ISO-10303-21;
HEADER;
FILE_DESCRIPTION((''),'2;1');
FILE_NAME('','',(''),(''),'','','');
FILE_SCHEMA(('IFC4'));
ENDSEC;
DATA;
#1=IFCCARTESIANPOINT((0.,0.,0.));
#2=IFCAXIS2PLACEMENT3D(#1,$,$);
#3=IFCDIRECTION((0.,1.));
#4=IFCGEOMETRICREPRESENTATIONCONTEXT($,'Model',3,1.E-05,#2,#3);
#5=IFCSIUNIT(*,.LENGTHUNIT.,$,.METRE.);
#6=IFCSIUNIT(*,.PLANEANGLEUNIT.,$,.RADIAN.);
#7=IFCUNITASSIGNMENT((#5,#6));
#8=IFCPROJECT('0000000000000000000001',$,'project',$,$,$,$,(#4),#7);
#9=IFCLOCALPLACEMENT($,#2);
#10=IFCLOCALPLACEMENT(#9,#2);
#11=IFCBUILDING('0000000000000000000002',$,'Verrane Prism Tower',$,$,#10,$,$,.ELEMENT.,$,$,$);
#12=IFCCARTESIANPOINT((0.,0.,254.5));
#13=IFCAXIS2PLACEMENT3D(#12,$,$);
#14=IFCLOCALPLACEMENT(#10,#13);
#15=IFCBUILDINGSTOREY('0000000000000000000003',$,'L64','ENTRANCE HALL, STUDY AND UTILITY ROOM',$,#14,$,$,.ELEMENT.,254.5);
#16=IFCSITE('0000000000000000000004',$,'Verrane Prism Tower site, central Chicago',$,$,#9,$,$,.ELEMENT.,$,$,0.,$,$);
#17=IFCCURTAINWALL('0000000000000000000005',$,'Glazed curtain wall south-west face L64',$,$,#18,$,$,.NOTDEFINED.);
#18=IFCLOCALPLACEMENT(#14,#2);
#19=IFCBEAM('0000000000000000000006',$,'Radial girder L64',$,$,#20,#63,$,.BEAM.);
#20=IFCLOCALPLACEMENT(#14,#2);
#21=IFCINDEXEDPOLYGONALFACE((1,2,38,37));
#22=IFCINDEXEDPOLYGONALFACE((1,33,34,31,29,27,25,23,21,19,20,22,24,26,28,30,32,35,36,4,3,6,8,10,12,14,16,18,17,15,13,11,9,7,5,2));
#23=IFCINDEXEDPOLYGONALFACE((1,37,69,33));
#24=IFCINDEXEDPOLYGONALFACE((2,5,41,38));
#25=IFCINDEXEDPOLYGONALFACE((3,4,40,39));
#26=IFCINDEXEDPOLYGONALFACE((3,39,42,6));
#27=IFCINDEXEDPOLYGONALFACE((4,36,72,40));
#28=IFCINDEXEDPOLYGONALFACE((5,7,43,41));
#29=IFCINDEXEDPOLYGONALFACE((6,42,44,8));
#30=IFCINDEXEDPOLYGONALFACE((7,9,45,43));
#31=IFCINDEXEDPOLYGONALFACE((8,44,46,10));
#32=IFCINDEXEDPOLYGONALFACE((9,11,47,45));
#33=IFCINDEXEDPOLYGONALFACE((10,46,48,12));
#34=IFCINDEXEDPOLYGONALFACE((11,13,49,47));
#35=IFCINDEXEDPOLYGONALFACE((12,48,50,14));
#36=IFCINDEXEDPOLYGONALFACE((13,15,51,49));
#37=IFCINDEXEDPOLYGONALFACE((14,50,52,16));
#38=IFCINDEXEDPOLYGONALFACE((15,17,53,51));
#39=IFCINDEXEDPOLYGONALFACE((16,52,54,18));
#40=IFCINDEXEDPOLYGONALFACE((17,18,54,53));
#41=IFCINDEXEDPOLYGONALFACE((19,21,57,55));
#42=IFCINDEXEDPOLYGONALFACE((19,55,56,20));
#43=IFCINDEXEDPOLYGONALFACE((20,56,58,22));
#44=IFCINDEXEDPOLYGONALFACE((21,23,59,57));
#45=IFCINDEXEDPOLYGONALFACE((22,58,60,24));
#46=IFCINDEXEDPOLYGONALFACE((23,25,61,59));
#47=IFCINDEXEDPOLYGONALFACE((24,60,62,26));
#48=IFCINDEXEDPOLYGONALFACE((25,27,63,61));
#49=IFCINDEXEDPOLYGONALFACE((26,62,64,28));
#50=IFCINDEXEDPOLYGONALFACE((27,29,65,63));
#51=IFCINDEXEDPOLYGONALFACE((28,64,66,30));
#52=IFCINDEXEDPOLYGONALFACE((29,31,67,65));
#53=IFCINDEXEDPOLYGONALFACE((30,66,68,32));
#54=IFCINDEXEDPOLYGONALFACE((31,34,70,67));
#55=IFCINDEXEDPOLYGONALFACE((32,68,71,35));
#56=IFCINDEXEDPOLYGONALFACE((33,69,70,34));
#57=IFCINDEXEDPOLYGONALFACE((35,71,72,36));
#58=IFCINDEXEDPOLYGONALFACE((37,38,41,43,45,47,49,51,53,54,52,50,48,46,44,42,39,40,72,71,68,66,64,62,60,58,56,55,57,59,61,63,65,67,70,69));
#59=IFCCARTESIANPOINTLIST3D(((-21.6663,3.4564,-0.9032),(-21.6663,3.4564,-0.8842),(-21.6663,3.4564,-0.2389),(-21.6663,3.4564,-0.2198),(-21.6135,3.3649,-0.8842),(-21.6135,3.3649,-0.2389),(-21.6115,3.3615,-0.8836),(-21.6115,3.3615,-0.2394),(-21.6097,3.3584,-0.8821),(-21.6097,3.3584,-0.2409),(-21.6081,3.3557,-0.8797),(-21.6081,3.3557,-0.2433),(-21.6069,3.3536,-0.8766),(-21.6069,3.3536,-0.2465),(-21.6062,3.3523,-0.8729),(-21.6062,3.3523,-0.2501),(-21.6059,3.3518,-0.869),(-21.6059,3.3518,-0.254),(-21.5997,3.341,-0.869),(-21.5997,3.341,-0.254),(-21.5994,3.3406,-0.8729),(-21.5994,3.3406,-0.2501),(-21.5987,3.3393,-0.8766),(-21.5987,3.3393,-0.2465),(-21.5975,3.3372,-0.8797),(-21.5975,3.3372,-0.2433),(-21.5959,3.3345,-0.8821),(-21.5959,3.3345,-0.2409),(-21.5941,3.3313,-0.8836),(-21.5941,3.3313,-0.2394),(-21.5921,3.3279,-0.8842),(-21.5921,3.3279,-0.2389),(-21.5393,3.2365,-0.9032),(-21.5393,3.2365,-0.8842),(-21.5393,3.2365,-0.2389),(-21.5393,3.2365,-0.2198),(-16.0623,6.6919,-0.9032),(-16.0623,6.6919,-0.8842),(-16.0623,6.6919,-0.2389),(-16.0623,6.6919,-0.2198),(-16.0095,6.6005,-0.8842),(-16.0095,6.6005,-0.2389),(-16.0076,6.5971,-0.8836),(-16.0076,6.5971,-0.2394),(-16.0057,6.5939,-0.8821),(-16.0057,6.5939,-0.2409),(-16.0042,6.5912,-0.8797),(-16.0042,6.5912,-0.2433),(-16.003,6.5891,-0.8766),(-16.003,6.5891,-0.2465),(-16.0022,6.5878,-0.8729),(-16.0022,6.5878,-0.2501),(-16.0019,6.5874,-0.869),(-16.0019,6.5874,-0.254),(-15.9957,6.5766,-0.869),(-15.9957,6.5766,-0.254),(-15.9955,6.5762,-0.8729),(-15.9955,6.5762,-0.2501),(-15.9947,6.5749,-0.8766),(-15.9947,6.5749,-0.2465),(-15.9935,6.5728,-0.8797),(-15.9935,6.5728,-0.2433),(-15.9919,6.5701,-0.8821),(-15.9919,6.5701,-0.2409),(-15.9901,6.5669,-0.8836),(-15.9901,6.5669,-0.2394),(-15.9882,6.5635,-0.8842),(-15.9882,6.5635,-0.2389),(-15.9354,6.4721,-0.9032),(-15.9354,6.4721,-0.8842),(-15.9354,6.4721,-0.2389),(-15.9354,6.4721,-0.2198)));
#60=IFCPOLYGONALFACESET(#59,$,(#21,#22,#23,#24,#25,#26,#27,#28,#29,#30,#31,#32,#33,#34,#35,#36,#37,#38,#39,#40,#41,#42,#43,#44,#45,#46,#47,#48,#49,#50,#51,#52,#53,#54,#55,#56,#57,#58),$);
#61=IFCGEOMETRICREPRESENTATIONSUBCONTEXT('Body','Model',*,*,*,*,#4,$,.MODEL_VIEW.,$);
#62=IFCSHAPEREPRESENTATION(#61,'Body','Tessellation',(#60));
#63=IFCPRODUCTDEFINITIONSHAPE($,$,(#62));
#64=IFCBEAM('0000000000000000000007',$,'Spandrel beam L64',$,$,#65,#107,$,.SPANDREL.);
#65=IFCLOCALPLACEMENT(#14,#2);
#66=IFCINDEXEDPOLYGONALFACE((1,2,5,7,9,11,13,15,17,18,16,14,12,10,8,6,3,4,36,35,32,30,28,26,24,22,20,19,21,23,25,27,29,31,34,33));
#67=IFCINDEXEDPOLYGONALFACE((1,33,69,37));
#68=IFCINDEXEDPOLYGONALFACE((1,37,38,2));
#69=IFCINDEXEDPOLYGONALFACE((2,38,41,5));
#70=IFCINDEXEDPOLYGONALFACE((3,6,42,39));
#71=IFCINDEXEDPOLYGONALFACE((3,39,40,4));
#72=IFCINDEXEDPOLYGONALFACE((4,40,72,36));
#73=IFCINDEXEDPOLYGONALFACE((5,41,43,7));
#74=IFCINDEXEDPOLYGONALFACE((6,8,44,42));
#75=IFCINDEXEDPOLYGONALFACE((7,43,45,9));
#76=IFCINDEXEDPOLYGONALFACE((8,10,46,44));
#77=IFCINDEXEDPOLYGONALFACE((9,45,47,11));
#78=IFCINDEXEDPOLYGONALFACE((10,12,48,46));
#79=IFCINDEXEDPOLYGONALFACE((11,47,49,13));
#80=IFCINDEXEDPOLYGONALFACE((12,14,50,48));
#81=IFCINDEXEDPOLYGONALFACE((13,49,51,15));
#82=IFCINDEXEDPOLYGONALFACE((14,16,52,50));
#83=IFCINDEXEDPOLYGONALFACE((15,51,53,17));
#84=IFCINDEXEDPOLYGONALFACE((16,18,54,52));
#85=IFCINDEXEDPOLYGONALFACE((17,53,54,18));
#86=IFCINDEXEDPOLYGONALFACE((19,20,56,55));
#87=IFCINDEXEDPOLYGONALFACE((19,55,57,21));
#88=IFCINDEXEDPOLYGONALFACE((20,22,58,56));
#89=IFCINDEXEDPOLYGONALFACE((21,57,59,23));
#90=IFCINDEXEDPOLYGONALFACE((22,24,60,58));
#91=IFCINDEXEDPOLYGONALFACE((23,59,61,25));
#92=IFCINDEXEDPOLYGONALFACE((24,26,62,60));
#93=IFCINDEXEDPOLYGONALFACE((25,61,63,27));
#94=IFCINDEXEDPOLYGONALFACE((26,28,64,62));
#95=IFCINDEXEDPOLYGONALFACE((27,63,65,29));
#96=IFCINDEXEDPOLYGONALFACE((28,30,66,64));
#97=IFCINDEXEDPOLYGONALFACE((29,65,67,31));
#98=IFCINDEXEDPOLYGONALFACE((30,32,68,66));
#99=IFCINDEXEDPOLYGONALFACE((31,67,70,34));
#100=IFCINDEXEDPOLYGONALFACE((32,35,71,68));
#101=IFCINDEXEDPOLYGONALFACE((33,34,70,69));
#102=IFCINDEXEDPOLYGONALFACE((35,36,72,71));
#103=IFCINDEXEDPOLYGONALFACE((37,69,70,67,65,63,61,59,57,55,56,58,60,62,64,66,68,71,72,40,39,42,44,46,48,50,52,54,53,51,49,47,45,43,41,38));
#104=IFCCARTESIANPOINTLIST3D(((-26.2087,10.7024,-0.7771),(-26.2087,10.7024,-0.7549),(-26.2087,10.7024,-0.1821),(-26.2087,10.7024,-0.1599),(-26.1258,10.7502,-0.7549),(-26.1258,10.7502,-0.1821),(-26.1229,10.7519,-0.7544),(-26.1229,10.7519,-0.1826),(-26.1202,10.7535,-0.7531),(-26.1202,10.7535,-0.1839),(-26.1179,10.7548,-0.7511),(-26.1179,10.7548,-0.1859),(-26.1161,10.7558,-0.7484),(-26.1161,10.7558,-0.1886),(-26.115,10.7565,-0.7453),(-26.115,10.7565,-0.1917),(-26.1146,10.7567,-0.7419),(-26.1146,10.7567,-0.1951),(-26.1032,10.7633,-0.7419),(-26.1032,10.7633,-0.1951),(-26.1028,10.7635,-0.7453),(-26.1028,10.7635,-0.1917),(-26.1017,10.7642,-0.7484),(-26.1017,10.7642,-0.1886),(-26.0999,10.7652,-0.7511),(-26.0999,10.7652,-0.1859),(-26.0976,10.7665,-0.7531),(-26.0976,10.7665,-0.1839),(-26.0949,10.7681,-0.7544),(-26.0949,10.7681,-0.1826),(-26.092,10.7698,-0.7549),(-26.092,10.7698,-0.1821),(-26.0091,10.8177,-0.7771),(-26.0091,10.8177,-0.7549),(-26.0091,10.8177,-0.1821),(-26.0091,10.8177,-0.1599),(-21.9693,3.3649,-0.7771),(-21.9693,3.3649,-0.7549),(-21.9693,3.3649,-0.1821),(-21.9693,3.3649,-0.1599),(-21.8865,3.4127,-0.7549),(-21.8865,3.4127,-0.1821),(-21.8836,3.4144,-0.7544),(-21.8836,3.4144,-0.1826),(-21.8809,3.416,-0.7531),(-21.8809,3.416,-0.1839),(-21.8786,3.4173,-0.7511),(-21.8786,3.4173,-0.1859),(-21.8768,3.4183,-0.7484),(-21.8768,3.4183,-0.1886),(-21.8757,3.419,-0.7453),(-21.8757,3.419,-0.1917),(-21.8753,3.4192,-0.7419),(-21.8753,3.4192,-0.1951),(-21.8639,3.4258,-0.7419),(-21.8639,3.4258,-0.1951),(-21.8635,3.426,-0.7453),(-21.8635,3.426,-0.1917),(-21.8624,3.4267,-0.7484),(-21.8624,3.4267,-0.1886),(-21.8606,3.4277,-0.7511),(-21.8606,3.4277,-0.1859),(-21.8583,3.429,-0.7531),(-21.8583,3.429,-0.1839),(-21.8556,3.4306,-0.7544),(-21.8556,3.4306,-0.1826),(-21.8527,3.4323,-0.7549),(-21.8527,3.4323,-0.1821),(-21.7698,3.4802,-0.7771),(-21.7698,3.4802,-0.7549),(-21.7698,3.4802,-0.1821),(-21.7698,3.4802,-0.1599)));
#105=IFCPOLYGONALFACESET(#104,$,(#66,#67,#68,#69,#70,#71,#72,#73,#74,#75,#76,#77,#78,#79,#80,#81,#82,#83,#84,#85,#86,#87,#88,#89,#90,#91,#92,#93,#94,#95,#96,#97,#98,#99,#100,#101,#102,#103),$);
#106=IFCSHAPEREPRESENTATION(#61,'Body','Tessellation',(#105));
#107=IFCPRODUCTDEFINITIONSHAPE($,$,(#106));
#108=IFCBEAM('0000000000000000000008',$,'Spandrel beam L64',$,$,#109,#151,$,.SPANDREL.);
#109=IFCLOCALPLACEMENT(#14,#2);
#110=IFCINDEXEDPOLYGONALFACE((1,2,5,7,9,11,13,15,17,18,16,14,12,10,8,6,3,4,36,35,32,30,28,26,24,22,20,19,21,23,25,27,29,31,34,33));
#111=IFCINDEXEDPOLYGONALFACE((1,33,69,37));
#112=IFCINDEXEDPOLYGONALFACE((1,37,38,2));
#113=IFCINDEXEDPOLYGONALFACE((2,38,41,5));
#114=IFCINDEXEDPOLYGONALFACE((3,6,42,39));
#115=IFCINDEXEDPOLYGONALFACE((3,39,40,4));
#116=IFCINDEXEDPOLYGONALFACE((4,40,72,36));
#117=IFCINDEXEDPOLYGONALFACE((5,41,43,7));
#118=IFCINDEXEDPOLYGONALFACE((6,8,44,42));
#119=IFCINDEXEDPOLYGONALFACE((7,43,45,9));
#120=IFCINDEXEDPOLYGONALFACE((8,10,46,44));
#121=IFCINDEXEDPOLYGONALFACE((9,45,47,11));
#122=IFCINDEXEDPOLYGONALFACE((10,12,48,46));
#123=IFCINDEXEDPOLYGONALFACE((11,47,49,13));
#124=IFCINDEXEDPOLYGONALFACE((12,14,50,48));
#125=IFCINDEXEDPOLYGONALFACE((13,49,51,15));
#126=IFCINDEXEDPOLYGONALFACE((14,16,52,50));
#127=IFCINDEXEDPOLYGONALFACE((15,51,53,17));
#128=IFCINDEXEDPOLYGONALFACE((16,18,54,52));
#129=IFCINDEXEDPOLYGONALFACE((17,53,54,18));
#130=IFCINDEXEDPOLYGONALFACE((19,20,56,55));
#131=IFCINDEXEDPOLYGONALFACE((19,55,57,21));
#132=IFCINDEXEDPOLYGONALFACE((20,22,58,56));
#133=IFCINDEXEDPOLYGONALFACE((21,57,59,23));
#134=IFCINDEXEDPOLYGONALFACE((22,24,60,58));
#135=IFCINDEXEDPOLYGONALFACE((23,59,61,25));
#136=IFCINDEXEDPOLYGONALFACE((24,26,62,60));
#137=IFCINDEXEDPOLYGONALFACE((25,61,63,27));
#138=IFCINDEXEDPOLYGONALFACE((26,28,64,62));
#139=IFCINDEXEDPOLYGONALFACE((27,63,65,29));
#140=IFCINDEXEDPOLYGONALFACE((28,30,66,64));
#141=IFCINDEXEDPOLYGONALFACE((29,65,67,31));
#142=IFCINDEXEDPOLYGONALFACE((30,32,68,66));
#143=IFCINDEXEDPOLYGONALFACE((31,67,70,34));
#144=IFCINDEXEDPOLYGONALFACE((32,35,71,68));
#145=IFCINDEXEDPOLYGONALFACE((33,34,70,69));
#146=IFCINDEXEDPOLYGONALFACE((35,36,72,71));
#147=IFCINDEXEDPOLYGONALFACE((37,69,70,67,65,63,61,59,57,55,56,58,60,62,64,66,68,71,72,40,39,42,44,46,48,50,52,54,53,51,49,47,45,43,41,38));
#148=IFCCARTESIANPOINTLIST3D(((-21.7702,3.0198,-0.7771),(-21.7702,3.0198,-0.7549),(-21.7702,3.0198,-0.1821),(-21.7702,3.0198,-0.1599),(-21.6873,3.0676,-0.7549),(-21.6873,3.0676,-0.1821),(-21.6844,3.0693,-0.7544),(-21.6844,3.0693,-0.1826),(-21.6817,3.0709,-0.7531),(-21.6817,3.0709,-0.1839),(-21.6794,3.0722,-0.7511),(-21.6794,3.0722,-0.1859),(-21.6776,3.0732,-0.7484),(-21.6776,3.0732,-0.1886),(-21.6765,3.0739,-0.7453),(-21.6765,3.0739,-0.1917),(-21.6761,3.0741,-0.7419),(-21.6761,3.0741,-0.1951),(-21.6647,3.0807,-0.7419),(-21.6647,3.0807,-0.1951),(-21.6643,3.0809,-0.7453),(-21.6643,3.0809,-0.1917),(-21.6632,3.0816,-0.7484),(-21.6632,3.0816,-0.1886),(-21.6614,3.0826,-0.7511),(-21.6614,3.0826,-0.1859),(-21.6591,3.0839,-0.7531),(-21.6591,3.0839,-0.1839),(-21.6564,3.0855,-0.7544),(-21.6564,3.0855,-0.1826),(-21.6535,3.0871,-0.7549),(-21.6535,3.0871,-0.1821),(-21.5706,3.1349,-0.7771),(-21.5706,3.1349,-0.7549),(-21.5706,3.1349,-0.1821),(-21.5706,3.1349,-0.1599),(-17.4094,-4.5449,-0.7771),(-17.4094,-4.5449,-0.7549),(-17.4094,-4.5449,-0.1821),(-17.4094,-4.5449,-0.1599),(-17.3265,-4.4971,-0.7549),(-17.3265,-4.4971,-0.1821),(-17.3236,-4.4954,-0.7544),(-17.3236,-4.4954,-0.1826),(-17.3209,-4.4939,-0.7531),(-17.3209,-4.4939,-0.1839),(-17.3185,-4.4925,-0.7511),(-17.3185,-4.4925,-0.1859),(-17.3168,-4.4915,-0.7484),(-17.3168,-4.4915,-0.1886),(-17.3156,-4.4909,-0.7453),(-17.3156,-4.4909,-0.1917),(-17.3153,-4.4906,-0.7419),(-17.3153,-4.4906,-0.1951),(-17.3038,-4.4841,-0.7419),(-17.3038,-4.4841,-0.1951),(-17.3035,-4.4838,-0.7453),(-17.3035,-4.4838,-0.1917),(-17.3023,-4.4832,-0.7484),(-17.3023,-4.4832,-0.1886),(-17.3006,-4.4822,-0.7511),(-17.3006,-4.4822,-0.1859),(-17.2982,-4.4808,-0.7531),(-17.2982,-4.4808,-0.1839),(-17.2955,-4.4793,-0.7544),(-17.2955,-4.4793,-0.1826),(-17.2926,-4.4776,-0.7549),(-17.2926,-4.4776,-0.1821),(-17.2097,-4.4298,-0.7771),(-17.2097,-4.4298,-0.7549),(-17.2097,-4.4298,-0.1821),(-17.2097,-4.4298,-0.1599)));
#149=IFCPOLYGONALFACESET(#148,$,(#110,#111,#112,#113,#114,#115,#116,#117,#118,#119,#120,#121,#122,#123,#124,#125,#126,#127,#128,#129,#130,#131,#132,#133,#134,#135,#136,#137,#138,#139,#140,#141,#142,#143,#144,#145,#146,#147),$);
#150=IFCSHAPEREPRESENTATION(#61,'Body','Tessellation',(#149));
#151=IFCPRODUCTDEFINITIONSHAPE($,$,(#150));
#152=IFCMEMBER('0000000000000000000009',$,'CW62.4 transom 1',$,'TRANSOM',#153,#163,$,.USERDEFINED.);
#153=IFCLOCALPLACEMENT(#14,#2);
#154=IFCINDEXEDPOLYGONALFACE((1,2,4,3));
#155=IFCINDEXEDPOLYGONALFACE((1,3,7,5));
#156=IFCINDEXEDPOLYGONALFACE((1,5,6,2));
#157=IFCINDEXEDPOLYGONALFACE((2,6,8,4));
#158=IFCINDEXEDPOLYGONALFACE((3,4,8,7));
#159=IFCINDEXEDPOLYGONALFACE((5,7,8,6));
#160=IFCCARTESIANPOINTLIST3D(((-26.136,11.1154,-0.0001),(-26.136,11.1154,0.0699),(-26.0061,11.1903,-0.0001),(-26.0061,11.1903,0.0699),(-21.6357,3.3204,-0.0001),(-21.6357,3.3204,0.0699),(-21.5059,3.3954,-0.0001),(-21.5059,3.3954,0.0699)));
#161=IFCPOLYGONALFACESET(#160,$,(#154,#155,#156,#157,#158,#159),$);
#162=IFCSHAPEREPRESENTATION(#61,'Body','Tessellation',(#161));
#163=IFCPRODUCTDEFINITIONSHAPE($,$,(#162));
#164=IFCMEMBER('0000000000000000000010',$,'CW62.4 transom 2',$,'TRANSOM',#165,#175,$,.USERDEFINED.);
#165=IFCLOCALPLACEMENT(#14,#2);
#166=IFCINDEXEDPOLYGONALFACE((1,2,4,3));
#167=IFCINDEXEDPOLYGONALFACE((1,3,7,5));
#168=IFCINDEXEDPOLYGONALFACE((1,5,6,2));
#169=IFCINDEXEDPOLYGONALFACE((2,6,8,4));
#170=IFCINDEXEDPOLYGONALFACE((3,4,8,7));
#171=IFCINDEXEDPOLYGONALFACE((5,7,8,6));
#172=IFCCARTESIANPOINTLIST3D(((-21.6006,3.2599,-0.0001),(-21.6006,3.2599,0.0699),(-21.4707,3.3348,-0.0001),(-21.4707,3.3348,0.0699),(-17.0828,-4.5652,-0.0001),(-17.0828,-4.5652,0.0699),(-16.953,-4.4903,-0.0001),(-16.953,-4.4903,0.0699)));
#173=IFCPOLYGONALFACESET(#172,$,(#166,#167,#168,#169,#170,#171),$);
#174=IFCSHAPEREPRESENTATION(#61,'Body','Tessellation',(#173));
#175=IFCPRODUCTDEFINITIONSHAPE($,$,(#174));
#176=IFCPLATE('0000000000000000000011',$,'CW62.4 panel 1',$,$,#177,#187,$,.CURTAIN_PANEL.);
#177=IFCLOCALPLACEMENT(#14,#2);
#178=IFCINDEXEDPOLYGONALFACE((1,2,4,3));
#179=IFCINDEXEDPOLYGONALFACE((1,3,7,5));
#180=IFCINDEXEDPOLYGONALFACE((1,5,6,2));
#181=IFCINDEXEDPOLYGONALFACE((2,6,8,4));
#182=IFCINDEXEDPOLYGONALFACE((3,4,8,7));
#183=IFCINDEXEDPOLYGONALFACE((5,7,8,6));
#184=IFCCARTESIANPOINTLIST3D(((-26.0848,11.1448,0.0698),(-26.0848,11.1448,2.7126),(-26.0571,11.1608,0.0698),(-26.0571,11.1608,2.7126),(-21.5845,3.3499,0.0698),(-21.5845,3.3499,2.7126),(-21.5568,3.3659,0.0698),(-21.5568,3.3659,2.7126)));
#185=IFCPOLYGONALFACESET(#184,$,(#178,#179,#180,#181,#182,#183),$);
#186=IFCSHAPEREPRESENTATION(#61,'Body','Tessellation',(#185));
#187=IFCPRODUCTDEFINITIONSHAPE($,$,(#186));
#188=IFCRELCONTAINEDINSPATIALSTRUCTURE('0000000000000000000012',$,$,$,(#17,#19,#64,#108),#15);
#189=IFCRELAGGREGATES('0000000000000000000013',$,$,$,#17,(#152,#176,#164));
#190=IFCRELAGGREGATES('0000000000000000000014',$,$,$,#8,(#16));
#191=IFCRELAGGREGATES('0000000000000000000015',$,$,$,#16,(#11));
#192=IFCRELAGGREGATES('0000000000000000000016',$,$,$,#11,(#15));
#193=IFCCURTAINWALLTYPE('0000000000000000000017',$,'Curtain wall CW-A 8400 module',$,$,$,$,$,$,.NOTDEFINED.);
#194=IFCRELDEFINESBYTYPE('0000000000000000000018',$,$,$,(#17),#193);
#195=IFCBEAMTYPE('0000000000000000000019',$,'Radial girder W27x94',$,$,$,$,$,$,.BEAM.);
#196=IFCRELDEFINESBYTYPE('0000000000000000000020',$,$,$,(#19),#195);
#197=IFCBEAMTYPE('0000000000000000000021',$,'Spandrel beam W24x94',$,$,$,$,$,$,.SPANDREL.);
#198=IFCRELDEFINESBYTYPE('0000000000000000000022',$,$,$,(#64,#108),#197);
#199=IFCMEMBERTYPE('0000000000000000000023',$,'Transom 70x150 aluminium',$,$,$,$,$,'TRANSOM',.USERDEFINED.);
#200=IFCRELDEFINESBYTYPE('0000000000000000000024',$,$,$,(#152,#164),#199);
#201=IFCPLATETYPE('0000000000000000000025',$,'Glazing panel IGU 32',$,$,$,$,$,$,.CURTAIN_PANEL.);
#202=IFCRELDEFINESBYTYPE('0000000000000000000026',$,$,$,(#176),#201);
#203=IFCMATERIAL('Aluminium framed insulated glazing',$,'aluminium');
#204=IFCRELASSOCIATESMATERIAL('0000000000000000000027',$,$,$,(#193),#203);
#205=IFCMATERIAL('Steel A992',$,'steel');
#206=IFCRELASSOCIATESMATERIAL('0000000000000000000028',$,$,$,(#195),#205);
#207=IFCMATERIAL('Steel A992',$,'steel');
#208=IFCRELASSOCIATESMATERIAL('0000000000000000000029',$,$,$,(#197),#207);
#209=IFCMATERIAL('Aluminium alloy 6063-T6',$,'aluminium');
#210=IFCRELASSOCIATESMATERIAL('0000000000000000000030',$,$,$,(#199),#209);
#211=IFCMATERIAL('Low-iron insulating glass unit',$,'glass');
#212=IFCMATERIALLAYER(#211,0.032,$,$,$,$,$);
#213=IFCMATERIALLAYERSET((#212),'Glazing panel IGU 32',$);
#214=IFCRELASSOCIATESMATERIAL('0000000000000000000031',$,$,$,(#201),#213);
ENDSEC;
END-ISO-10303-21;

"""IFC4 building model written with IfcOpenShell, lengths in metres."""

from ifc_helpers import new_model, si_unit, direction, frame, origin, origin_2d, place, context, subcontext, project, spatial, rectangle, i_section, extrude, material, layer, layer_set, material_profile, profile_set, type_object, element, aggregate, save


model = new_model("IFC4")

# Units and contexts
model_context = context("Model", 3, precision=1e-05, world=origin(), true_north=direction((0.0, 1.0)))
body_context = subcontext(model_context, "Body", "Model", "MODEL_VIEW")
ifc_project = project(units=[si_unit("LENGTHUNIT", "METRE"), si_unit("PLANEANGLEUNIT", "RADIAN")], contexts=[model_context])

# Site, building, storey
site_placement = place(None, origin())
site = spatial("IfcSite", under=ifc_project, at=site_placement, Name="Verrane Prism Tower site, central Chicago", CompositionType="ELEMENT", RefElevation=0.0)
building_placement = place(site_placement, origin())
building = spatial("IfcBuilding", under=site, at=building_placement, Name="Verrane Prism Tower", CompositionType="ELEMENT")
storey_placement = place(building_placement, frame((0.0, 0.0, 254.5)))
storey = spatial("IfcBuildingStorey", under=building, at=storey_placement, Name="L64", Description="ENTRANCE HALL, STUDY AND UTILITY ROOM", CompositionType="ELEMENT", Elevation=254.5)

# Curtain wall
ifc_material_1 = material(Name="Aluminium framed insulated glazing", Category="aluminium")
curtain_wall_type = type_object("IfcCurtainWallType", Name="Curtain wall CW-A 8400 module", PredefinedType="NOTDEFINED", material=ifc_material_1)
curtain_wall_placement = place(storey_placement, origin())
curtain_wall = element("IfcCurtainWall", 1, at=curtain_wall_placement, inside=storey, type_object=curtain_wall_type, Name="Glazed curtain wall south-west face L64", PredefinedType="NOTDEFINED")

# Beams
ifc_material_2 = material(Name="Steel A992", Category="steel")
ifc_material_profile_1 = material_profile(ifc_material_2, i_section(OverallWidth=0.2539, OverallDepth=0.6833, WebThickness=0.0125, FlangeThickness=0.019, FilletRadius=0.0151, at=origin_2d()), Name="W27x94")
ifc_profile_set_1 = profile_set([ifc_material_profile_1], Name="Steel A992")
beam_type_1 = type_object("IfcBeamType", Name="Radial girder W27x94", PredefinedType="BEAM", material=ifc_profile_set_1)
beam_1_placement = place(storey_placement, frame((-21.6028, 3.3464, -0.5615), z_axis=(0.866017, 0.500014, 0.0), x_axis=(-0.500014, 0.866017, 0.0)))
element("IfcBeam", 2, at=beam_1_placement, inside=storey, type_object=beam_type_1, Name="Radial girder L64", PredefinedType="BEAM", context=body_context, shape_type="SweptSolid", body=[
    extrude(i_section(OverallWidth=0.2539, OverallDepth=0.6833, WebThickness=0.0125, FlangeThickness=0.019, FilletRadius=0.0151, at=origin_2d()), origin(), (0.0, 0.0, 1.0), 6.4709),
])
ifc_material_3 = material(Name="Steel A992", Category="steel")
ifc_material_profile_2 = material_profile(ifc_material_3, i_section(OverallWidth=0.2305, OverallDepth=0.6172, WebThickness=0.0132, FlangeThickness=0.0222, FilletRadius=0.0129, at=origin_2d()), Name="W24x94")
ifc_profile_set_2 = profile_set([ifc_material_profile_2], Name="Steel A992")
beam_type_2 = type_object("IfcBeamType", Name="Spandrel beam W24x94", PredefinedType="SPANDREL", material=ifc_profile_set_2)
beam_2_placement = place(storey_placement, frame((-26.1089, 10.76, -0.4685), z_axis=(0.500266, -0.865872, 0.0), x_axis=(0.865872, 0.500266, 0.0)))
element("IfcBeam", 3, at=beam_2_placement, inside=storey, type_object=beam_type_2, Name="Spandrel beam L64", PredefinedType="SPANDREL", context=body_context, shape_type="SweptSolid", body=[
    extrude(i_section(OverallWidth=0.2305, OverallDepth=0.6172, WebThickness=0.0132, FlangeThickness=0.0222, FilletRadius=0.0129, at=origin_2d()), origin(), (0.0, 0.0, 1.0), 8.4741),
])
beam_3_placement = place(storey_placement, frame((-21.6704, 3.0774, -0.4685), z_axis=(0.49943, -0.866355, 0.0), x_axis=(0.866355, 0.49943, 0.0)))
element("IfcBeam", 4, at=beam_3_placement, inside=storey, type_object=beam_type_2, Name="Spandrel beam L64", PredefinedType="SPANDREL", context=body_context, shape_type="SweptSolid", body=[
    extrude(i_section(OverallWidth=0.2305, OverallDepth=0.6172, WebThickness=0.0132, FlangeThickness=0.0222, FilletRadius=0.0129, at=origin_2d()), origin(), (0.0, 0.0, 1.0), 8.7317),
])

# Members
ifc_material_4 = material(Name="Aluminium alloy 6063-T6", Category="aluminium")
ifc_material_profile_3 = material_profile(ifc_material_4, rectangle(XDim=0.1499, YDim=0.0701, at=origin_2d()), Name="Transom 70x150 aluminium")
ifc_profile_set_3 = profile_set([ifc_material_profile_3], Name="Aluminium alloy 6063-T6")
member_type_1 = type_object("IfcMemberType", Name="Transom 70x150 aluminium", ElementType="TRANSOM", PredefinedType="USERDEFINED", material=ifc_profile_set_3)
member_1_placement = place(storey_placement, frame((-26.071, 11.1528, 0.0349), z_axis=(0.499987, -0.866033, 0.0), x_axis=(0.866033, 0.499987, 0.0)))
member_1 = element("IfcMember", 5, at=member_1_placement, type_object=member_type_1, Name="CW62.4 transom 1", ObjectType="TRANSOM", PredefinedType="USERDEFINED", context=body_context, shape_type="SweptSolid", body=[
    extrude(rectangle(XDim=0.1499, YDim=0.0701, at=origin_2d()), origin(), (0.0, 0.0, 1.0), 9.0007),
])
member_2_placement = place(storey_placement, frame((-21.5356, 3.2974, 0.0349), z_axis=(0.499995, -0.866028, 0.0), x_axis=(0.866028, 0.499995, 0.0)))
member_2 = element("IfcMember", 6, at=member_2_placement, type_object=member_type_1, Name="CW62.4 transom 2", ObjectType="TRANSOM", PredefinedType="USERDEFINED", context=body_context, shape_type="SweptSolid", body=[
    extrude(rectangle(XDim=0.1499, YDim=0.0701, at=origin_2d()), origin(), (0.0, 0.0, 1.0), 9.0356),
])

# Plate
ifc_material_5 = material(Name="Low-iron insulating glass unit", Category="glass")
ifc_layer_1 = layer(ifc_material_5, 0.032)
ifc_layer_set_1 = layer_set([ifc_layer_1], Name="Glazing panel IGU 32")
plate_type = type_object("IfcPlateType", Name="Glazing panel IGU 32", PredefinedType="CURTAIN_PANEL", material=ifc_layer_set_1)
plate_placement = place(storey_placement, frame((-23.8208, 7.2554, 0.0698), z_axis=(0.0, 0.0, 1.0), x_axis=(0.5, -0.866026, 0.0)))
plate = element("IfcPlate", 7, at=plate_placement, type_object=plate_type, Name="CW62.4 panel 1", PredefinedType="CURTAIN_PANEL", context=body_context, shape_type="SweptSolid", body=[
    extrude(rectangle(XDim=9.0007, YDim=0.032, at=origin_2d()), origin(), (0.0, 0.0, 1.0), 2.6428),
])
aggregate(curtain_wall, [member_1, plate, member_2])

save(model, "model.ifc")
